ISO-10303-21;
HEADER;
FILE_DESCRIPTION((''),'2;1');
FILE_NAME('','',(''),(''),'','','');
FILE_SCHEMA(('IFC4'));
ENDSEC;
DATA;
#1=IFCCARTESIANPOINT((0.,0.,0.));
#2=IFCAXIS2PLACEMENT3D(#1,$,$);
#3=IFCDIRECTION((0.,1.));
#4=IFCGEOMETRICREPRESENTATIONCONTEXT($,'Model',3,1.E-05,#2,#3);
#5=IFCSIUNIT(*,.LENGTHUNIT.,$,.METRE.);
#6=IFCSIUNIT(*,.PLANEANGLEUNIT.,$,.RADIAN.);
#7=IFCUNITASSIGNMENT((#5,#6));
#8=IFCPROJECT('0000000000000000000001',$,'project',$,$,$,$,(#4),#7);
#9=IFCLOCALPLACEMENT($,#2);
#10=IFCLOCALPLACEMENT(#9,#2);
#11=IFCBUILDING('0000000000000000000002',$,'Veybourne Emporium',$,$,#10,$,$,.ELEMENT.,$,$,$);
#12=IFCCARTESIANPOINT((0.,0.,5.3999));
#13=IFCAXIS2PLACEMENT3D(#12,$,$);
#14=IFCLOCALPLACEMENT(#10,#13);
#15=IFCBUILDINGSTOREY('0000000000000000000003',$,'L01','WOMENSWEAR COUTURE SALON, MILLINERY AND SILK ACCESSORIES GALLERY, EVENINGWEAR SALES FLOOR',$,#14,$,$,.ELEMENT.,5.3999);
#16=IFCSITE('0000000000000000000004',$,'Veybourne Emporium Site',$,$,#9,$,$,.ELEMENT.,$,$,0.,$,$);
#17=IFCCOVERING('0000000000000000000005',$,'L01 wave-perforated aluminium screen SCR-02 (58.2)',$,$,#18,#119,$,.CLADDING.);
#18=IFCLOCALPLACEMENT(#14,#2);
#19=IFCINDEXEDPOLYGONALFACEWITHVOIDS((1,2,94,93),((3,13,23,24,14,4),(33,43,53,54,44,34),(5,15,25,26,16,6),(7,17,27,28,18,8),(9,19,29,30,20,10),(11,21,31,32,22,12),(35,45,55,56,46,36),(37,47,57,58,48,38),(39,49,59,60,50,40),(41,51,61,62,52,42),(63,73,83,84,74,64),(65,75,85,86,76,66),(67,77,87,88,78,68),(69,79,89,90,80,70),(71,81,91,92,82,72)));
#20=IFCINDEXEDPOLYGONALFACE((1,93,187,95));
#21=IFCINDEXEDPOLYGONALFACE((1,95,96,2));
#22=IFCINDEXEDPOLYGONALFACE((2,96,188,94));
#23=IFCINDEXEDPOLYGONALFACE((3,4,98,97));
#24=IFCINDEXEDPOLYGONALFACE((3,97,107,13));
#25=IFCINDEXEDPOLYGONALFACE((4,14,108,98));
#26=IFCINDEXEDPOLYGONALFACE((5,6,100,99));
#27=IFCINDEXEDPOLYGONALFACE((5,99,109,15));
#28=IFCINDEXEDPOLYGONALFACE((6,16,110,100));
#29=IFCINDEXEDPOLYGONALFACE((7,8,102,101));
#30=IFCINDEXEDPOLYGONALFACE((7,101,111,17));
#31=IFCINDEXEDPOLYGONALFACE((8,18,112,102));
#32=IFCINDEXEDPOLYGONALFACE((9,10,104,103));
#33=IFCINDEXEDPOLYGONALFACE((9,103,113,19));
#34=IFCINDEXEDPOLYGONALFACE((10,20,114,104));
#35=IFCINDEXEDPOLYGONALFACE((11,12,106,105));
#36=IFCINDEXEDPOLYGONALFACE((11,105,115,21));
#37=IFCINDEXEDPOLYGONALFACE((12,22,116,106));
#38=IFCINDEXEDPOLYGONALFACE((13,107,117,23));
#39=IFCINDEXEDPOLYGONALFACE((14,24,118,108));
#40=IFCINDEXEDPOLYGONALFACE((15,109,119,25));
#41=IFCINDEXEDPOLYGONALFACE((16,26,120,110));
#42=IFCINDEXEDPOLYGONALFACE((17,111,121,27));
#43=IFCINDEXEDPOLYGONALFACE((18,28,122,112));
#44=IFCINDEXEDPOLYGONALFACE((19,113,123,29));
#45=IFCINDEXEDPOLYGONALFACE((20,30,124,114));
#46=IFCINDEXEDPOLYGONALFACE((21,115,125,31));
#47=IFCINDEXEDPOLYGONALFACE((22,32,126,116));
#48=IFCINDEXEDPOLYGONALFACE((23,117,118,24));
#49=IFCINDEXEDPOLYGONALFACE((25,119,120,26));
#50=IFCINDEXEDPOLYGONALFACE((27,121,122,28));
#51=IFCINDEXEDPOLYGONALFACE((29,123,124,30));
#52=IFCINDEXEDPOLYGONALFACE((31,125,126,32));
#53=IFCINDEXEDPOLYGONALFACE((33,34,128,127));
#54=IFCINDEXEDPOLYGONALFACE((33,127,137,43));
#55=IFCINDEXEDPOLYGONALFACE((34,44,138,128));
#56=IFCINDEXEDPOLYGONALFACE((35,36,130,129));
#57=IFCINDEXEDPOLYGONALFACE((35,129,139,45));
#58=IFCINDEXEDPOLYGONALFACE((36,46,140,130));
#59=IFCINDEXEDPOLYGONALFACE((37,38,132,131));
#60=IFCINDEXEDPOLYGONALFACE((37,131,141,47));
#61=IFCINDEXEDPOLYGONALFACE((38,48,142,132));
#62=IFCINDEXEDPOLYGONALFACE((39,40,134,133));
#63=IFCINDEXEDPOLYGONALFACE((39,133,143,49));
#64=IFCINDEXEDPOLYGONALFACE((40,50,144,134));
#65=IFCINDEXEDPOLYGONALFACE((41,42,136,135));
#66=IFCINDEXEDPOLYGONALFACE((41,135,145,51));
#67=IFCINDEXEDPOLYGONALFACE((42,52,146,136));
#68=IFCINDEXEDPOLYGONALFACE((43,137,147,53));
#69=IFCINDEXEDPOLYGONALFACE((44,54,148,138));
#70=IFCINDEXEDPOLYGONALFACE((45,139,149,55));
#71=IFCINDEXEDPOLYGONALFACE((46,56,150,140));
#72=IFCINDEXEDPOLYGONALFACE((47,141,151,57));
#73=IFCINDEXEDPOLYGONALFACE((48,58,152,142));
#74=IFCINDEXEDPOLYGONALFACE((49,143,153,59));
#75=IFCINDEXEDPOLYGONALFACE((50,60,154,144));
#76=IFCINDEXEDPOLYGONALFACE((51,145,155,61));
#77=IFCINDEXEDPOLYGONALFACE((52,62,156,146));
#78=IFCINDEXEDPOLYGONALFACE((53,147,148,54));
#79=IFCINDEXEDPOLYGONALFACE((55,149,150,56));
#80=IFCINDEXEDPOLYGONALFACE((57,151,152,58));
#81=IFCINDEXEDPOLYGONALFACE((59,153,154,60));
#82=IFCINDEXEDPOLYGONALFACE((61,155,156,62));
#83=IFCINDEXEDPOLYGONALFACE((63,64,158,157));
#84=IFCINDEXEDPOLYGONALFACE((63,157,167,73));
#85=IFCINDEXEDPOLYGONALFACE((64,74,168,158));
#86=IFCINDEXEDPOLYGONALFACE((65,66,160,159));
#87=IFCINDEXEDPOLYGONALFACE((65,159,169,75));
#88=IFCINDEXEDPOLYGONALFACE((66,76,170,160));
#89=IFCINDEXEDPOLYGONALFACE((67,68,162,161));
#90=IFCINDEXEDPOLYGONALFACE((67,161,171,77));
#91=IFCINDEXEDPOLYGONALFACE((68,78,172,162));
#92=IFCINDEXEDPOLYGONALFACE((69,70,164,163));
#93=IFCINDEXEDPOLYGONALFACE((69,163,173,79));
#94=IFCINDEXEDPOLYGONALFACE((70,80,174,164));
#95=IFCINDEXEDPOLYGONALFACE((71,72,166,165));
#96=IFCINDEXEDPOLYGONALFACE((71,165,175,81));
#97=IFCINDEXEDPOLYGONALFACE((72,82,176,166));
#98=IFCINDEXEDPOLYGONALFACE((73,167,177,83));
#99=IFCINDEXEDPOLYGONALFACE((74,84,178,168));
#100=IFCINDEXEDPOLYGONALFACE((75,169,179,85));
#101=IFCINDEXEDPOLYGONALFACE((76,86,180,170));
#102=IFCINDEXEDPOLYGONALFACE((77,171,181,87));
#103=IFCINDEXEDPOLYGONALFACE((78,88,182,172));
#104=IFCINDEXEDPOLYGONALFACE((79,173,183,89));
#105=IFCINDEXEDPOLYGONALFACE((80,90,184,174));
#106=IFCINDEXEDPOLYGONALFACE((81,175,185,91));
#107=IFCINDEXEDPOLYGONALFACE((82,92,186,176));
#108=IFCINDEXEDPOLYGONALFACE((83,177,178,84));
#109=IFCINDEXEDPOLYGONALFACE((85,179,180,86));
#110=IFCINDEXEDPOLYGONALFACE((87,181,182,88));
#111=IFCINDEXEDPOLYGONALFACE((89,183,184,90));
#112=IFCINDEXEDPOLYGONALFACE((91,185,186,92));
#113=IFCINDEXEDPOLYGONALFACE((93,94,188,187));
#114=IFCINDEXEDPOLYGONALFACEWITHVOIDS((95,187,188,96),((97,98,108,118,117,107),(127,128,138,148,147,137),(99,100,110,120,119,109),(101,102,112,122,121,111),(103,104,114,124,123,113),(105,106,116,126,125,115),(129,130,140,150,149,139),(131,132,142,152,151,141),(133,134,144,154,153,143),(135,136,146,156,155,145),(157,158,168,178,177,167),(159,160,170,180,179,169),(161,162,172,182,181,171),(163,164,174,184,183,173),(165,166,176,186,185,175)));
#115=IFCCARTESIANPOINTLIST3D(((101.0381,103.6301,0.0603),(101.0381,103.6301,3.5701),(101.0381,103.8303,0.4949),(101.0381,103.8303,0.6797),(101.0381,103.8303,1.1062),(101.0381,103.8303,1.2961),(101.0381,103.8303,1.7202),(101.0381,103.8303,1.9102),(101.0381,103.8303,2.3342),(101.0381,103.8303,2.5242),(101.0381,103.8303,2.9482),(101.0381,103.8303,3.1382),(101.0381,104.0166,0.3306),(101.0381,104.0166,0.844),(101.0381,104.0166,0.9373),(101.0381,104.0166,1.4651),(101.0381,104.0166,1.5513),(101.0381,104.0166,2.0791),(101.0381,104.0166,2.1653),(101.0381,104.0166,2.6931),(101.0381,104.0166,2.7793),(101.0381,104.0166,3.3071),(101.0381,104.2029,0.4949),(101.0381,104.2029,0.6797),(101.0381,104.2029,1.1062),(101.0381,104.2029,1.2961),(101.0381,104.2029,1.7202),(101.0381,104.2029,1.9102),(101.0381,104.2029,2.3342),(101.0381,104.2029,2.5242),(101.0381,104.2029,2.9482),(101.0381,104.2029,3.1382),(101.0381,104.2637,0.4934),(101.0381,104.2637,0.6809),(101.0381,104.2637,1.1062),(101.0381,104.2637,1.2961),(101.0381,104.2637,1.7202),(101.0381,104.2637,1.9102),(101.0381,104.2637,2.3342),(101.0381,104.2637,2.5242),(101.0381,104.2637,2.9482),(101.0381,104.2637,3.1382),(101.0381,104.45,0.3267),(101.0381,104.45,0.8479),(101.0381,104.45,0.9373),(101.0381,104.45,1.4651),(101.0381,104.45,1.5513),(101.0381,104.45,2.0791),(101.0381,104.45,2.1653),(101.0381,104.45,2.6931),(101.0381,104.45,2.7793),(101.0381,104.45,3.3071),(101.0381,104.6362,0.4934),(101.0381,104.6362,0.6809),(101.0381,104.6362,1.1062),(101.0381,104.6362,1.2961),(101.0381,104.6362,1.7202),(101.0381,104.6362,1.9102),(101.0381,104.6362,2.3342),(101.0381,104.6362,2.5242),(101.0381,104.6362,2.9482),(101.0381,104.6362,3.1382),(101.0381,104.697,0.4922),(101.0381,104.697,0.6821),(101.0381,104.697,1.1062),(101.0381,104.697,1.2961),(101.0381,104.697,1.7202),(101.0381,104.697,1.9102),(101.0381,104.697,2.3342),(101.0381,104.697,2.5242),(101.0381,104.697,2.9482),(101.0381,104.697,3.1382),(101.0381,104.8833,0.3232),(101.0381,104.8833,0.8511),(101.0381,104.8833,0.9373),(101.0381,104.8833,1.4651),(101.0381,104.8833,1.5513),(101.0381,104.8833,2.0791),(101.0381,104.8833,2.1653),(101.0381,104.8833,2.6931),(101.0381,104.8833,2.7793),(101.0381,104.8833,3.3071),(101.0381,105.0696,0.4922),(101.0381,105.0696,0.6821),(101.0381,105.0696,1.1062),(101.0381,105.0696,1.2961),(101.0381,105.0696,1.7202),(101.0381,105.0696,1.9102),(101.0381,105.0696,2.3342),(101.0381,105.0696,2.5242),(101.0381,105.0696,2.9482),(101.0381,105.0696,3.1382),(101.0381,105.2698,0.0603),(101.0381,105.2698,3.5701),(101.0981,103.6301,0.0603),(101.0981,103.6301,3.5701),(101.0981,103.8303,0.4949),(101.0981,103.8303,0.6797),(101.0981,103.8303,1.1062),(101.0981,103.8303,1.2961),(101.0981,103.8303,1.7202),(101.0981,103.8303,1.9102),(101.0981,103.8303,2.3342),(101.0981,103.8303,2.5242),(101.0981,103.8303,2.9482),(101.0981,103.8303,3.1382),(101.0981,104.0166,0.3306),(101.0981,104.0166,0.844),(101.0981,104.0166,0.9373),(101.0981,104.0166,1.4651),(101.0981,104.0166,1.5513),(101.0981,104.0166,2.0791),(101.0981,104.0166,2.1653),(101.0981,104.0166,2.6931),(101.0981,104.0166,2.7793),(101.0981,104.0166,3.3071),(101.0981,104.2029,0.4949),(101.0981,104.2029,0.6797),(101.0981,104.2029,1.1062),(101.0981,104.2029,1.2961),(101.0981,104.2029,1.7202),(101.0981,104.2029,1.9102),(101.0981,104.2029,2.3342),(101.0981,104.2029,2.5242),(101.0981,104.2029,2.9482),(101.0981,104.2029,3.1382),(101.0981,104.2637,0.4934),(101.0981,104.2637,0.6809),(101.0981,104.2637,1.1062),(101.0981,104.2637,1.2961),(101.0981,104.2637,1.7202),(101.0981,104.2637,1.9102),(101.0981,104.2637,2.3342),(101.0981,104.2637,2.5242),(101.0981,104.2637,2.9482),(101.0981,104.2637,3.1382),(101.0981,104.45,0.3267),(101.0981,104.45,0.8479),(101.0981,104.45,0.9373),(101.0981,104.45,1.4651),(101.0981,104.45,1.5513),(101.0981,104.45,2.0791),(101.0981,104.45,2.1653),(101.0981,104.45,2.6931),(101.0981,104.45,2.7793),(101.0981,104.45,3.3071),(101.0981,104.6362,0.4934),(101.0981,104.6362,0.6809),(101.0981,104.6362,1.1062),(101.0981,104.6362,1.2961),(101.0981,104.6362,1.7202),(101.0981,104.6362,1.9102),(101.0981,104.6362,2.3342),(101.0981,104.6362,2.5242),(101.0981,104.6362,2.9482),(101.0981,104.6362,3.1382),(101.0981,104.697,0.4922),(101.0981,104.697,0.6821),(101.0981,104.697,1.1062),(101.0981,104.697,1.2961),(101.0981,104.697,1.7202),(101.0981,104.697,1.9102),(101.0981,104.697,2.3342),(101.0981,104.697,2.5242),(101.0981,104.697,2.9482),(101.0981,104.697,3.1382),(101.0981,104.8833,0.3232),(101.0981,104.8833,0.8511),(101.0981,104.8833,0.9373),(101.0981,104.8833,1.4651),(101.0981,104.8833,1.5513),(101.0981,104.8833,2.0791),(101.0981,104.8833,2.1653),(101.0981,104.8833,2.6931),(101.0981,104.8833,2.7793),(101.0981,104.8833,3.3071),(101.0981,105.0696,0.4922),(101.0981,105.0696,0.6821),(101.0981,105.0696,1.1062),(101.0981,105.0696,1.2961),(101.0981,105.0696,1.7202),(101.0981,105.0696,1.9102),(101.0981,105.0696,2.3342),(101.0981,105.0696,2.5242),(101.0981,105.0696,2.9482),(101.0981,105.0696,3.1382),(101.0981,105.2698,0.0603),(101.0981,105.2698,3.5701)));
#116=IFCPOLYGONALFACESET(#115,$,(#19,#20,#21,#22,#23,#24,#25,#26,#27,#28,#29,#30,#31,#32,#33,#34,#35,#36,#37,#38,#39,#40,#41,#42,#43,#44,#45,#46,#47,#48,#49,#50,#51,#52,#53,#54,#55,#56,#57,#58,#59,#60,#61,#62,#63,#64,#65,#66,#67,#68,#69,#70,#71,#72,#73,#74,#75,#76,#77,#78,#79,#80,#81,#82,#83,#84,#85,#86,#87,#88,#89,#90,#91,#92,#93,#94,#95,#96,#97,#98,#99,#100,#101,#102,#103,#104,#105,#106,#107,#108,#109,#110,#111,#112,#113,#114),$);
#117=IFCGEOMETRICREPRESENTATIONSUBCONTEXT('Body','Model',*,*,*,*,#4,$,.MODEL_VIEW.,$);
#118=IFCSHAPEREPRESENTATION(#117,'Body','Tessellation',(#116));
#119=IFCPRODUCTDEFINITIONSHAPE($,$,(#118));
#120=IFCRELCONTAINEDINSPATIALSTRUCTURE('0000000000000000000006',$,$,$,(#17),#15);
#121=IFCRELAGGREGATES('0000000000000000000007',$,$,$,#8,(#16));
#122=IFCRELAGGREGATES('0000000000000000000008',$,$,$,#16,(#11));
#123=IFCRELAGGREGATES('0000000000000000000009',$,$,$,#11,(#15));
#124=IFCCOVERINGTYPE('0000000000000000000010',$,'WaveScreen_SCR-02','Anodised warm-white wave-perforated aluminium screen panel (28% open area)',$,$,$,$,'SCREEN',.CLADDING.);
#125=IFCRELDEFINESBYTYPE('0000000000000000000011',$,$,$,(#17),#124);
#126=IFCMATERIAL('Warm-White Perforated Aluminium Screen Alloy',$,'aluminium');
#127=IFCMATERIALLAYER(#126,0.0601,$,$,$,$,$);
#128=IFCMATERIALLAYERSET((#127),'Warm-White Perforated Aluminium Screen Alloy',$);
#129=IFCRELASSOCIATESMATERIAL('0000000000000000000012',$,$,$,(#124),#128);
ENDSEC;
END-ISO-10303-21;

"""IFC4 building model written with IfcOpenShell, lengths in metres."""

from ifc_helpers import new_model, si_unit, direction, frame, origin, place, context, subcontext, project, spatial, polyline, outline, extrude, material, layer, layer_set, type_object, element, save


model = new_model("IFC4")

# Units and contexts
model_context = context("Model", 3, precision=1e-05, world=origin(), true_north=direction((0.0, 1.0)))
body_context = subcontext(model_context, "Body", "Model", "MODEL_VIEW")
ifc_project = project(units=[si_unit("LENGTHUNIT", "METRE"), si_unit("PLANEANGLEUNIT", "RADIAN")], contexts=[model_context])

# Site, building, storey
site_placement = place(None, origin())
site = spatial("IfcSite", under=ifc_project, at=site_placement, Name="Veybourne Emporium Site", CompositionType="ELEMENT", RefElevation=0.0)
building_placement = place(site_placement, origin())
building = spatial("IfcBuilding", under=site, at=building_placement, Name="Veybourne Emporium", CompositionType="ELEMENT")
storey_placement = place(building_placement, frame((0.0, 0.0, 5.3999)))
storey = spatial("IfcBuildingStorey", under=building, at=storey_placement, Name="L01", Description="WOMENSWEAR COUTURE SALON, MILLINERY AND SILK ACCESSORIES GALLERY, EVENINGWEAR SALES FLOOR", CompositionType="ELEMENT", Elevation=5.3999)

# Covering
ifc_material_1 = material(Name="Warm-White Perforated Aluminium Screen Alloy", Category="aluminium")
ifc_layer_1 = layer(ifc_material_1, 0.0601)
ifc_layer_set_1 = layer_set([ifc_layer_1], Name="Warm-White Perforated Aluminium Screen Alloy")
covering_type_1 = type_object("IfcCoveringType", Name="WaveScreen_SCR-02", Description="Anodised warm-white wave-perforated aluminium screen panel (28% open area)", ElementType="SCREEN", PredefinedType="CLADDING", material=ifc_layer_set_1)
covering_1_placement = place(storey_placement, frame((101.0981, 104.45, 1.8152), z_axis=(-1.0, 0.0, 0.0), x_axis=(0.0, -1.0, 0.0)))
element("IfcCovering", 1, at=covering_1_placement, inside=storey, type_object=covering_type_1, Name="L01 wave-perforated aluminium screen SCR-02 (58.2)", PredefinedType="CLADDING", context=body_context, shape_type="SweptSolid", body=[
    extrude(outline(polyline([(-0.8198, -1.7549), (0.8198, -1.7549), (0.8198, 1.7549), (-0.8198, 1.7549), (-0.8198, -1.7549)]), holes=[polyline([(-0.4333, -0.9641), (-0.2471, -1.1331), (-0.2471, -1.323), (-0.4333, -1.4919), (-0.6196, -1.323), (-0.6196, -1.1331), (-0.4333, -0.9641)]), polyline([(-0.4333, -0.3501), (-0.2471, -0.519), (-0.2471, -0.709), (-0.4333, -0.8779), (-0.6196, -0.709), (-0.6196, -0.519), (-0.4333, -0.3501)]), polyline([(-0.4333, 0.2639), (-0.2471, 0.095), (-0.2471, -0.095), (-0.4333, -0.2639), (-0.6196, -0.095), (-0.6196, 0.095), (-0.4333, 0.2639)]), polyline([(-0.4333, 0.8779), (-0.2471, 0.709), (-0.2471, 0.519), (-0.4333, 0.3501), (-0.6196, 0.519), (-0.6196, 0.709), (-0.4333, 0.8779)]), polyline([(-0.4333, 1.4919), (-0.2471, 1.323), (-0.2471, 1.1331), (-0.4333, 0.9641), (-0.6196, 1.1331), (-0.6196, 1.323), (-0.4333, 1.4919)]), polyline([(0.0, -0.9673), (0.1863, -1.1343), (0.1863, -1.3218), (0.0, -1.4885), (-0.1863, -1.3218), (-0.1863, -1.1343), (0.0, -0.9673)]), polyline([(0.0, -0.3501), (0.1863, -0.519), (0.1863, -0.709), (0.0, -0.8779), (-0.1863, -0.709), (-0.1863, -0.519), (0.0, -0.3501)]), polyline([(0.0, 0.2639), (0.1863, 0.095), (0.1863, -0.095), (0.0, -0.2639), (-0.1863, -0.095), (-0.1863, 0.095), (0.0, 0.2639)]), polyline([(0.0, 0.8779), (0.1863, 0.709), (0.1863, 0.519), (0.0, 0.3501), (-0.1863, 0.519), (-0.1863, 0.709), (0.0, 0.8779)]), polyline([(0.0, 1.4919), (0.1863, 1.323), (0.1863, 1.1331), (0.0, 0.9641), (-0.1863, 1.1331), (-0.1863, 1.323), (0.0, 1.4919)]), polyline([(0.4333, -0.9712), (0.6196, -1.1355), (0.6196, -1.3203), (0.4333, -1.4846), (0.2471, -1.3203), (0.2471, -1.1355), (0.4333, -0.9712)]), polyline([(0.4333, -0.3501), (0.6196, -0.519), (0.6196, -0.709), (0.4333, -0.8779), (0.2471, -0.709), (0.2471, -0.519), (0.4333, -0.3501)]), polyline([(0.4333, 0.2639), (0.6196, 0.095), (0.6196, -0.095), (0.4333, -0.2639), (0.2471, -0.095), (0.2471, 0.095), (0.4333, 0.2639)]), polyline([(0.4333, 0.8779), (0.6196, 0.709), (0.6196, 0.519), (0.4333, 0.3501), (0.2471, 0.519), (0.2471, 0.709), (0.4333, 0.8779)]), polyline([(0.4333, 1.4919), (0.6196, 1.323), (0.6196, 1.1331), (0.4333, 0.9641), (0.2471, 1.1331), (0.2471, 1.323), (0.4333, 1.4919)])]), origin(), (0.0, 0.0, 1.0), 0.0601),
])

save(model, "model.ifc")
